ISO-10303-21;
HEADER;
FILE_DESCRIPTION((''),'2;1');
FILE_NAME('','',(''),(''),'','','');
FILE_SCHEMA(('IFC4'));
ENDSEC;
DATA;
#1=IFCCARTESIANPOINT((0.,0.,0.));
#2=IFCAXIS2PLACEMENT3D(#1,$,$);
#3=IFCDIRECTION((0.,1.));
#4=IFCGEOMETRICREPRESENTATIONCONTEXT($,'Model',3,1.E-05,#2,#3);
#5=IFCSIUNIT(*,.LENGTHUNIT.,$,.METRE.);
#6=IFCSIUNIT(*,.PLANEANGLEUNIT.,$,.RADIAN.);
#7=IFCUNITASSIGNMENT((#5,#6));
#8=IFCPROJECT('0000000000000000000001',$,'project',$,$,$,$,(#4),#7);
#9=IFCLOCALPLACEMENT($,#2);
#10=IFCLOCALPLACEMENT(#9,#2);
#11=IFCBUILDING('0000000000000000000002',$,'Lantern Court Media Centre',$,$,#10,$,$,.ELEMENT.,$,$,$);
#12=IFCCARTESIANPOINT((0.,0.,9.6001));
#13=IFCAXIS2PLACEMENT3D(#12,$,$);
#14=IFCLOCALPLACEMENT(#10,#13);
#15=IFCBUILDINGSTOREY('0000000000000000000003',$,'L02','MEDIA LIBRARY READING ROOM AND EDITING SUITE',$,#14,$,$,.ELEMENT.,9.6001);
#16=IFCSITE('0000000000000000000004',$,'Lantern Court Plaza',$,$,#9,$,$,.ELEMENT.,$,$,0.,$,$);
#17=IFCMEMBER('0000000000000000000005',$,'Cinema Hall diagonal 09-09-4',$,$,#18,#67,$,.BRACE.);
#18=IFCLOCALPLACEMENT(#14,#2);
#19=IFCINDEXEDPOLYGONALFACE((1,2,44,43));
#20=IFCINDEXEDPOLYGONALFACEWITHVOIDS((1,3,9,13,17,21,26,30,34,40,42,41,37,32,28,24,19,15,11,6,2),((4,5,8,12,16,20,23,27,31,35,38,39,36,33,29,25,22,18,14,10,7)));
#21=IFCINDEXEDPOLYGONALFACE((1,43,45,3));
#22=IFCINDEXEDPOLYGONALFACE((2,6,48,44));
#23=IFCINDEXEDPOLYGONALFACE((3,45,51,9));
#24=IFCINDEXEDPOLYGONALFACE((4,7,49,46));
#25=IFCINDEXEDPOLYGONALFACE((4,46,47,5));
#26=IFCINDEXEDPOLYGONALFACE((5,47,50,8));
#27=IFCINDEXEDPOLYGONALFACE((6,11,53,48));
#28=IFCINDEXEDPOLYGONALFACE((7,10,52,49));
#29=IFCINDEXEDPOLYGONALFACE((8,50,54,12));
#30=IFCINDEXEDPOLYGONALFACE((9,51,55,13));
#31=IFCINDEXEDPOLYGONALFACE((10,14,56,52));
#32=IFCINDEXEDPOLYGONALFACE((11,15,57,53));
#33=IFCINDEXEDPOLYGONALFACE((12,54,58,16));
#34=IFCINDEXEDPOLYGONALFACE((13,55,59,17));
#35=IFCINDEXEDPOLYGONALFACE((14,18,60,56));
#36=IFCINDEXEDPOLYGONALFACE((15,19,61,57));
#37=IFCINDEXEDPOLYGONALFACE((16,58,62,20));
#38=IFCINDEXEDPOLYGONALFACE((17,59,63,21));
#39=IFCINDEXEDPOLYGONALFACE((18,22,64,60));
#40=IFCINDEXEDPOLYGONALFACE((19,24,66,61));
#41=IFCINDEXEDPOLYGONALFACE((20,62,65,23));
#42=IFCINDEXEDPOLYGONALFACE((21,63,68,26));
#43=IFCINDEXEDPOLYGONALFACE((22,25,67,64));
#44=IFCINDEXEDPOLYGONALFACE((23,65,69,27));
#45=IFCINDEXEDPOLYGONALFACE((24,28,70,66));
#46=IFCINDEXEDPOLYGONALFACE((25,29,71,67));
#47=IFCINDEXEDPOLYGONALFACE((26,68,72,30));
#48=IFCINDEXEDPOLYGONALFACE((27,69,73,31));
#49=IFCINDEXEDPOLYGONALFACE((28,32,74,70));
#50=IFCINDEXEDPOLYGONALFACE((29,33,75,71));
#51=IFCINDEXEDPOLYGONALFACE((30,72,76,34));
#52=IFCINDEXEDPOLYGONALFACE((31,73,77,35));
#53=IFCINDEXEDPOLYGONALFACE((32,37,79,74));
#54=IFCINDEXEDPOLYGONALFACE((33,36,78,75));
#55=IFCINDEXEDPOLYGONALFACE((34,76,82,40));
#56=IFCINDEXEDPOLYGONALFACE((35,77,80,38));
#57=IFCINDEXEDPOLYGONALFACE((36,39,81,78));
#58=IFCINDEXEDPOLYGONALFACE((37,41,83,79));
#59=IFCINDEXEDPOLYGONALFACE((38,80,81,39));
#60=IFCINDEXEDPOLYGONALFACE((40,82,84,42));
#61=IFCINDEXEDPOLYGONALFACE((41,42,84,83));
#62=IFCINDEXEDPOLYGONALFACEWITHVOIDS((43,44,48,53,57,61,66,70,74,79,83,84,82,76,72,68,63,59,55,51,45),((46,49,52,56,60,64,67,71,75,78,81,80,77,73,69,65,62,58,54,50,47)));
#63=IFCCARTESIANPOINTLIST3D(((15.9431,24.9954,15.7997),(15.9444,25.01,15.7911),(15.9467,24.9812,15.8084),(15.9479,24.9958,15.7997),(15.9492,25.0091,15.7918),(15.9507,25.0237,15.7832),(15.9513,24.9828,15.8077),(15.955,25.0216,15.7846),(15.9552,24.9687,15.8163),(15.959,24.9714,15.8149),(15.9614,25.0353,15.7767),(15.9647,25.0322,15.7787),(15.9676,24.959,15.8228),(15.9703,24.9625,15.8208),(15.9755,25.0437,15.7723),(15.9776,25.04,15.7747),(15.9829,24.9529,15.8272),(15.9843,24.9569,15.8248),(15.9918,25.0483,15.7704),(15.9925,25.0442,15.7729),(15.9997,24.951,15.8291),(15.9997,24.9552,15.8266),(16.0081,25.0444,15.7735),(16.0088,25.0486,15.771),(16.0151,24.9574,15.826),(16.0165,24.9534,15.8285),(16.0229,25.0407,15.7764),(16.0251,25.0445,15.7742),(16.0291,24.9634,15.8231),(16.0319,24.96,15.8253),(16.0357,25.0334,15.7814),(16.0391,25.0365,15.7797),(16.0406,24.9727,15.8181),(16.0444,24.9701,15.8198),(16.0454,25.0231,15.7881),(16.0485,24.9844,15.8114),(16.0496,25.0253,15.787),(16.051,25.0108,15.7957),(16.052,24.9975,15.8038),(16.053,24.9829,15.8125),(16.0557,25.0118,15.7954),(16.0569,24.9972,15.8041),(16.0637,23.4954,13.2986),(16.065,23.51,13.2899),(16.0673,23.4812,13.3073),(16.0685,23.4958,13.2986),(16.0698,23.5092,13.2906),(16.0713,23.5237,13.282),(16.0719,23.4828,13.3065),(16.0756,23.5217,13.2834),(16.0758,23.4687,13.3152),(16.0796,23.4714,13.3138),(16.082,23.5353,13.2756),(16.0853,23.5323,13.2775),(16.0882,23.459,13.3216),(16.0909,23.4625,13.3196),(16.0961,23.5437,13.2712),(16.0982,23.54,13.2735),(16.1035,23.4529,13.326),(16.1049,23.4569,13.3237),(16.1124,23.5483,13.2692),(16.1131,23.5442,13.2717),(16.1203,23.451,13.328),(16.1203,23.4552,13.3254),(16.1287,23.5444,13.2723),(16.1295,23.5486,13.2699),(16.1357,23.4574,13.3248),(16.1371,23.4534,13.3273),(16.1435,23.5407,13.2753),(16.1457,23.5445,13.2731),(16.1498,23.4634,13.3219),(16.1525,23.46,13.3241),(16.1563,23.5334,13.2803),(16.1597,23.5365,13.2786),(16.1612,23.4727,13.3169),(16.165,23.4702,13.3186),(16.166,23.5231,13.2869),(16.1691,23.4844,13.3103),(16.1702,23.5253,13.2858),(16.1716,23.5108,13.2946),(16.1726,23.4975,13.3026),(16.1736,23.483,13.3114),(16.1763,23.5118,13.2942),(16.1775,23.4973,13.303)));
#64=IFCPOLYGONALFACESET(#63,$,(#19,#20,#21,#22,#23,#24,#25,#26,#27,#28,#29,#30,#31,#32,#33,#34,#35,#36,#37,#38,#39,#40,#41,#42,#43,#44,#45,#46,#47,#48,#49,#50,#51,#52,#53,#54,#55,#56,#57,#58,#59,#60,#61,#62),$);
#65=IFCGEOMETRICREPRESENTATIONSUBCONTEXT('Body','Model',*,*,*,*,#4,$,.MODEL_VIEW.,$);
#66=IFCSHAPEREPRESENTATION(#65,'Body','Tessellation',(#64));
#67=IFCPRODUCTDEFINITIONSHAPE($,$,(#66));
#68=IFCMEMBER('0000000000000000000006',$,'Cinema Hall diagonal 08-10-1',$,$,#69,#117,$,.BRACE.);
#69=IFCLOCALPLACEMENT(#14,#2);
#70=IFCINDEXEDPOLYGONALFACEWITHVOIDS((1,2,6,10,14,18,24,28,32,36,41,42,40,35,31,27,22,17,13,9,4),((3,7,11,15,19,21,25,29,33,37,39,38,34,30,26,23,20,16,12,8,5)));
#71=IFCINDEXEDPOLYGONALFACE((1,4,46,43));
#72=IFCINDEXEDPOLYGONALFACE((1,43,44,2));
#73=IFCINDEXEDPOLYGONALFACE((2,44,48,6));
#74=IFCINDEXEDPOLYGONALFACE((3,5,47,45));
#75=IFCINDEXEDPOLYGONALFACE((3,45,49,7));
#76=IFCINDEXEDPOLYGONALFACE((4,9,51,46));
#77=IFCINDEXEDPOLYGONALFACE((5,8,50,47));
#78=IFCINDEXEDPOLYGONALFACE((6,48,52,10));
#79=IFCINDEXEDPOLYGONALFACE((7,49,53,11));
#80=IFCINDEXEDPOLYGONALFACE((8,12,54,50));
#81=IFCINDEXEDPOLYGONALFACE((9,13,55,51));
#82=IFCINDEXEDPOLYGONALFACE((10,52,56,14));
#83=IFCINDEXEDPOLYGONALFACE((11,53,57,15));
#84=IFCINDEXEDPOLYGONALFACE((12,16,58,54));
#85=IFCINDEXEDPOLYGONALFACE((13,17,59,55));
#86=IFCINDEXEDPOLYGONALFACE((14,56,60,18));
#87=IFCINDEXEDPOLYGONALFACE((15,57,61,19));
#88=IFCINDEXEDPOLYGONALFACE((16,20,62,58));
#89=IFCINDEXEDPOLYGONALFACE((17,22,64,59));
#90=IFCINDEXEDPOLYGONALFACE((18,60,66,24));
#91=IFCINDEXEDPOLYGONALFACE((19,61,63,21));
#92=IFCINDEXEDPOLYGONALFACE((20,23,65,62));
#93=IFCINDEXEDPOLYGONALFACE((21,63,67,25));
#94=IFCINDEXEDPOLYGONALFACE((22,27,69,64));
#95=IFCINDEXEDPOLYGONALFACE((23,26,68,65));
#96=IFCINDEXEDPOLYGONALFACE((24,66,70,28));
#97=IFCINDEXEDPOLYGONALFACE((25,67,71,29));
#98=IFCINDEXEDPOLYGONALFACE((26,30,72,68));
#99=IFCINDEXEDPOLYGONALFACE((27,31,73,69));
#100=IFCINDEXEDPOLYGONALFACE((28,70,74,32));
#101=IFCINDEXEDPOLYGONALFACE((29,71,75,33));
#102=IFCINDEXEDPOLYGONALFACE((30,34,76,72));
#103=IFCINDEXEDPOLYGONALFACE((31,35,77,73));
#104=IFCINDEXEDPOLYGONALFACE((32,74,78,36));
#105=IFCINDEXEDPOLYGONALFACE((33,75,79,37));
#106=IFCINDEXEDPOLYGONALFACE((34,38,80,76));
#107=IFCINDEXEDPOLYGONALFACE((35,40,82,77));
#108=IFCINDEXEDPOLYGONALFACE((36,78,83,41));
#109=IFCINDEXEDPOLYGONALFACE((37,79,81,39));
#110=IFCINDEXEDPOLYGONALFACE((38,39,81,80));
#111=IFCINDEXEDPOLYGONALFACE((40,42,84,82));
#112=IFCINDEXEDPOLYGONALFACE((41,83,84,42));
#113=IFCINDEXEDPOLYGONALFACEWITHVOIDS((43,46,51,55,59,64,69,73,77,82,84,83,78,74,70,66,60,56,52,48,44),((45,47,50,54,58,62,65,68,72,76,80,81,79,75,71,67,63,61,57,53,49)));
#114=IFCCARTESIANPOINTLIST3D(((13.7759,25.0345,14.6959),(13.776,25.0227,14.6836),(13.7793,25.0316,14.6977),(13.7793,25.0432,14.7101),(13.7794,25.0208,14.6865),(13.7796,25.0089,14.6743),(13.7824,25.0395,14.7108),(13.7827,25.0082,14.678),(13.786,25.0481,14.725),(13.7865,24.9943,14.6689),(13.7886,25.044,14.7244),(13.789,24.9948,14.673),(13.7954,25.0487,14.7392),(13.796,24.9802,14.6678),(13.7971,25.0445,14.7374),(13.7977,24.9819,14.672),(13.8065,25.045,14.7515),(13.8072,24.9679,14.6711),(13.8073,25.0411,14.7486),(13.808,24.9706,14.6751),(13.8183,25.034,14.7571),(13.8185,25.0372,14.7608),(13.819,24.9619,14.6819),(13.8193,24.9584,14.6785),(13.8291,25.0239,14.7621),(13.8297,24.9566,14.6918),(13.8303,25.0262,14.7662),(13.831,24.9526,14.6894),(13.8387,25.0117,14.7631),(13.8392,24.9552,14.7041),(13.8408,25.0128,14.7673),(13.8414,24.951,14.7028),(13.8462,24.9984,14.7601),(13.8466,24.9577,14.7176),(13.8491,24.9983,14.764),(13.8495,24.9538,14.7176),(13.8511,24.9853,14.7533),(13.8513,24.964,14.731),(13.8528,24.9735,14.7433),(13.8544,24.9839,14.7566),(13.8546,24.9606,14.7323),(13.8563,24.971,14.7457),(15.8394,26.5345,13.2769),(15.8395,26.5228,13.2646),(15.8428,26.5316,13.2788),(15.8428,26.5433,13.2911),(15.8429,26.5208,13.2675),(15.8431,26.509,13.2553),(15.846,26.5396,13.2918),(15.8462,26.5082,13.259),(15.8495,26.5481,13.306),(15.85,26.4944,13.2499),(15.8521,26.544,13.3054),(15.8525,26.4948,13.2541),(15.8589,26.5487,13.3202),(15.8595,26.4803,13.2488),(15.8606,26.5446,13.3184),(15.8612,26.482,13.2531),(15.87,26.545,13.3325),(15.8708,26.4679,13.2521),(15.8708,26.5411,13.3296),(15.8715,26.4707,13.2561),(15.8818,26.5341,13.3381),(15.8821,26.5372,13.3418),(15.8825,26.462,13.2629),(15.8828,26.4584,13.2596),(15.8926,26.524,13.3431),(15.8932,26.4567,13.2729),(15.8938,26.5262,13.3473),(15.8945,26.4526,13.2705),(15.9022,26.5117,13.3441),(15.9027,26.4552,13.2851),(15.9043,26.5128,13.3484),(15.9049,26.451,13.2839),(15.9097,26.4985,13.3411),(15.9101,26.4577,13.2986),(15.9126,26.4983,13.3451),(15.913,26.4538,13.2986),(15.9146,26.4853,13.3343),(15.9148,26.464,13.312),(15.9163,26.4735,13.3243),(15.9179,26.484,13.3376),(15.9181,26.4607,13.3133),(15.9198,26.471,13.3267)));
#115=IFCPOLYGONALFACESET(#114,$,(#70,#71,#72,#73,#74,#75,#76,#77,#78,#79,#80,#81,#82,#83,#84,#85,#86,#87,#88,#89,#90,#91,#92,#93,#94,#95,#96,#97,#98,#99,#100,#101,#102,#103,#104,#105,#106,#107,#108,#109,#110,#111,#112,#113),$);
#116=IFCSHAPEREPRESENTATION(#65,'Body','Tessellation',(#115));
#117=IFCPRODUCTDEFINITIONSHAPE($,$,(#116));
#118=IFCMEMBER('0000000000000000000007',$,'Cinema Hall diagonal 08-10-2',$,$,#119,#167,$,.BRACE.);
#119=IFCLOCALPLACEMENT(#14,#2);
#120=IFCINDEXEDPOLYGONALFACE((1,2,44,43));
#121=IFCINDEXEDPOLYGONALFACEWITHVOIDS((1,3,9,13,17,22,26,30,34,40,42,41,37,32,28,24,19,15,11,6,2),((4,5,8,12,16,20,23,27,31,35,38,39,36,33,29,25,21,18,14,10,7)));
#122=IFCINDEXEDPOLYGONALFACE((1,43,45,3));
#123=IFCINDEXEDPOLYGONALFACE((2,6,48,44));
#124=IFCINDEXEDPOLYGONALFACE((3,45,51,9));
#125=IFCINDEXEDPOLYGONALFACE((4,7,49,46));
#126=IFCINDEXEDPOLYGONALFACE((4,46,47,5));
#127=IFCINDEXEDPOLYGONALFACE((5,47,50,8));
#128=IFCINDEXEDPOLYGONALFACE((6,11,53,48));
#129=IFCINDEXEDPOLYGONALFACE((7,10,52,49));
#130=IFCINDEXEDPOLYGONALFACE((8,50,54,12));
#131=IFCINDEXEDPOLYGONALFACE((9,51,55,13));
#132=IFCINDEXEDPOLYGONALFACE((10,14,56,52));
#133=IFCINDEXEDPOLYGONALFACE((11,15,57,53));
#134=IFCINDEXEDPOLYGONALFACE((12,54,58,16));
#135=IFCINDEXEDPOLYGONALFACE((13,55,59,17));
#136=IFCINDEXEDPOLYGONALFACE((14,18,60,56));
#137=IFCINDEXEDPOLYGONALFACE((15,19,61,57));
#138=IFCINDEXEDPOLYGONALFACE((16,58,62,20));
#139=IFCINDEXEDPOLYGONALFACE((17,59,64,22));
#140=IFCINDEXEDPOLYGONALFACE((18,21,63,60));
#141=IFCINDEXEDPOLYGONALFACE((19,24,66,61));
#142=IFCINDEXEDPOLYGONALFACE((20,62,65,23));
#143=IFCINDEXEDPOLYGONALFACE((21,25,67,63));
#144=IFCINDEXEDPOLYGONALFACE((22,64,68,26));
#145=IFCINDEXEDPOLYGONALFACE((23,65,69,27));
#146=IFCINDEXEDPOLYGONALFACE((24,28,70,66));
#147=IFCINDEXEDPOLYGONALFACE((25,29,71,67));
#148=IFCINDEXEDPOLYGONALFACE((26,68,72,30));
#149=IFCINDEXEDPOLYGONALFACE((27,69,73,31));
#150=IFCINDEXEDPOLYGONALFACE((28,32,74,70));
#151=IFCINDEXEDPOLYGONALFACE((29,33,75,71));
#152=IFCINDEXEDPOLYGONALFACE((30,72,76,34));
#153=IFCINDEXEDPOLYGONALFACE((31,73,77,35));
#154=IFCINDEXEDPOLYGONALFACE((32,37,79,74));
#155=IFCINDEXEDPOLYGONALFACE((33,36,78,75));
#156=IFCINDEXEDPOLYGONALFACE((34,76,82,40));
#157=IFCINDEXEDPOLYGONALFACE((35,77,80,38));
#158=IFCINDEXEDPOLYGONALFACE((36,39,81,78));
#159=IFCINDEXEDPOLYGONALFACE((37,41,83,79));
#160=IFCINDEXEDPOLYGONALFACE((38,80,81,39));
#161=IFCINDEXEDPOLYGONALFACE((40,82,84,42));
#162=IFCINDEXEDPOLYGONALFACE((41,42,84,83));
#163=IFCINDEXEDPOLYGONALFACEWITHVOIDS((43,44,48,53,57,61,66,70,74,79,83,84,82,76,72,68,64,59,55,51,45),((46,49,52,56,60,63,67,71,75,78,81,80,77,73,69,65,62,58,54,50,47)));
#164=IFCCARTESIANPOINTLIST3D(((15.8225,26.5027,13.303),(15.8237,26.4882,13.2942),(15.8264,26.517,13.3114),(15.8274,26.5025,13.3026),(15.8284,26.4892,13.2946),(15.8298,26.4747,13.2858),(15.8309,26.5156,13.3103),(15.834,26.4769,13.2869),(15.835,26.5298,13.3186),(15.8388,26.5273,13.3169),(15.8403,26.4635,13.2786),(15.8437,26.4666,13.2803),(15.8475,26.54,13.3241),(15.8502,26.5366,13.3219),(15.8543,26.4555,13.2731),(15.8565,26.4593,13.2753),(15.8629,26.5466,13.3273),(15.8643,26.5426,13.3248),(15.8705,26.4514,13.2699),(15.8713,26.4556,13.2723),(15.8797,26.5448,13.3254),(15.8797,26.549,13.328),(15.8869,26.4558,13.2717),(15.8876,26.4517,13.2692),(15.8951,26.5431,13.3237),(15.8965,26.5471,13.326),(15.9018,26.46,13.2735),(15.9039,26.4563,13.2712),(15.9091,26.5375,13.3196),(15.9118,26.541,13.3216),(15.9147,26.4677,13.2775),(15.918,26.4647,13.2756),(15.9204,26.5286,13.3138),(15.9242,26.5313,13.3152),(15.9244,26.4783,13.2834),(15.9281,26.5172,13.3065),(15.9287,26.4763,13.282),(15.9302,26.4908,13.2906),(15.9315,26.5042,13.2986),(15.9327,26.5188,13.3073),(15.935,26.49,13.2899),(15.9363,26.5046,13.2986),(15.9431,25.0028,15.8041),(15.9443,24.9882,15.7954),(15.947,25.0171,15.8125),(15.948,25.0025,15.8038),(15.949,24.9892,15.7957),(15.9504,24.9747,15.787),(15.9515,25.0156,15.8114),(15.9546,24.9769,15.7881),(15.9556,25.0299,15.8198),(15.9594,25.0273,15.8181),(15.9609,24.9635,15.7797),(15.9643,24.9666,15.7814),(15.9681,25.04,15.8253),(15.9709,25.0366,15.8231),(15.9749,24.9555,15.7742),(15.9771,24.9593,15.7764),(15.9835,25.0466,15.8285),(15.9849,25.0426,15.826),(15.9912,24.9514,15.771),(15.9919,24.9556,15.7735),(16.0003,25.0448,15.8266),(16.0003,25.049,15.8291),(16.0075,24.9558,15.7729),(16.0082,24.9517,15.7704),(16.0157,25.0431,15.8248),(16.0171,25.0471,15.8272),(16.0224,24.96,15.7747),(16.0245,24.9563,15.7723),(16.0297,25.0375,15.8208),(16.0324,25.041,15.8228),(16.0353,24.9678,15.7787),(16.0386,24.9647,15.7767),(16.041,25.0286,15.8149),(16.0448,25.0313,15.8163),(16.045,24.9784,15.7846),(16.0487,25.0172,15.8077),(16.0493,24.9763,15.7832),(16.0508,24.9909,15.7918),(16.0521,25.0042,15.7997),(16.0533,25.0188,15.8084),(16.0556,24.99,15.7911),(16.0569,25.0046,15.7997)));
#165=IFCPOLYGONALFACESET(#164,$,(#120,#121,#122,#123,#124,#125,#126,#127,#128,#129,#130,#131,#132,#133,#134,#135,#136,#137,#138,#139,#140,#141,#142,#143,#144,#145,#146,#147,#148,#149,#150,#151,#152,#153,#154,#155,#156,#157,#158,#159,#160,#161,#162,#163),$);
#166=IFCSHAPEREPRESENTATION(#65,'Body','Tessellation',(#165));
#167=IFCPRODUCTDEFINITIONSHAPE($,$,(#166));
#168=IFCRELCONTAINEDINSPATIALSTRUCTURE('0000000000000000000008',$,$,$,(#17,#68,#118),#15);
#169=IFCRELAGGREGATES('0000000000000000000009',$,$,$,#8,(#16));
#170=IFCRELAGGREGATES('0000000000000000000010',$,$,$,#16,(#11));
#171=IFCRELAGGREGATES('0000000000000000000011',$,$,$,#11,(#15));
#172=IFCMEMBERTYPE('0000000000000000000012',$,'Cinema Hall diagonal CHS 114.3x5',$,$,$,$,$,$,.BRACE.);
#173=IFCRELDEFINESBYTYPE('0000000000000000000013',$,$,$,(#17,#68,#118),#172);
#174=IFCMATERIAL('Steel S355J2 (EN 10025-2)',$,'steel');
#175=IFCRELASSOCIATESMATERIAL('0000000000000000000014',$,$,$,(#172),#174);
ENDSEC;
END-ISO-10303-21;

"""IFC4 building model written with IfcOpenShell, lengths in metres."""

from ifc_helpers import new_model, si_unit, direction, frame, origin, origin_2d, place, context, subcontext, project, spatial, hollow_circle, extrude, material, material_profile, profile_set, type_object, element, save


model = new_model("IFC4")

# Units and contexts
model_context = context("Model", 3, precision=1e-05, world=origin(), true_north=direction((0.0, 1.0)))
body_context = subcontext(model_context, "Body", "Model", "MODEL_VIEW")
ifc_project = project(units=[si_unit("LENGTHUNIT", "METRE"), si_unit("PLANEANGLEUNIT", "RADIAN")], contexts=[model_context])

# Site, building, storey
site_placement = place(None, origin())
site = spatial("IfcSite", under=ifc_project, at=site_placement, Name="Lantern Court Plaza", CompositionType="ELEMENT", RefElevation=0.0)
building_placement = place(site_placement, origin())
building = spatial("IfcBuilding", under=site, at=building_placement, Name="Lantern Court Media Centre", CompositionType="ELEMENT")
storey_placement = place(building_placement, frame((0.0, 0.0, 9.6001)))
storey = spatial("IfcBuildingStorey", under=building, at=storey_placement, Name="L02", Description="MEDIA LIBRARY READING ROOM AND EDITING SUITE", CompositionType="ELEMENT", Elevation=9.6001)

# Members
ifc_material = material(Name="Steel S355J2 (EN 10025-2)", Category="steel")
ifc_material_profile_1 = material_profile(ifc_material, hollow_circle(Radius=0.0571, WallThickness=0.0049, at=origin_2d()), Name="Cinema Hall diagonal CHS 114.3x5")
ifc_profile_set_1 = profile_set([ifc_material_profile_1], Name="Steel S355J2 (EN 10025-2)")
member_type_1 = type_object("IfcMemberType", Name="Cinema Hall diagonal CHS 114.3x5", PredefinedType="BRACE", material=ifc_profile_set_1)
member_1_placement = place(storey_placement, frame((16.1206, 23.5, 13.2986), z_axis=(-0.041317, 0.513872, 0.856871), x_axis=(-0.996783, -0.080145, 0.0)))
element("IfcMember", 1, at=member_1_placement, inside=storey, type_object=member_type_1, Name="Cinema Hall diagonal 09-09-4", PredefinedType="BRACE", context=body_context, shape_type="SweptSolid", body=[
    extrude(hollow_circle(Radius=0.0571, WallThickness=0.0049, at=origin_2d()), origin(), (0.0, 0.0, 1.0), 2.9189),
])
member_2_placement = place(storey_placement, frame((15.8794, 26.5, 13.2986), z_axis=(-0.70688, -0.513851, 0.486084), x_axis=(0.58799, -0.808868, 0.0)))
element("IfcMember", 2, at=member_2_placement, inside=storey, type_object=member_type_1, Name="Cinema Hall diagonal 08-10-1", PredefinedType="BRACE", context=body_context, shape_type="SweptSolid", body=[
    extrude(hollow_circle(Radius=0.0571, WallThickness=0.0049, at=origin_2d()), origin(), (0.0, 0.0, 1.0), 2.9192),
])
for number, where, z_axis, x_axis, name in (
    (3, (15.8794, 26.5, 13.2986), (0.041317, -0.513872, 0.856871), (0.996783, 0.080145, 0.0), "Cinema Hall diagonal 08-10-2"),
):
    element("IfcMember", number, at=place(storey_placement, frame(where, z_axis=z_axis, x_axis=x_axis)), inside=storey, type_object=member_type_1, Name=name, PredefinedType="BRACE", context=body_context, shape_type="SweptSolid", body=[
        extrude(hollow_circle(Radius=0.0571, WallThickness=0.0049, at=origin_2d()), origin(), (0.0, 0.0, 1.0), 2.9189),
    ])

save(model, "model.ifc")
